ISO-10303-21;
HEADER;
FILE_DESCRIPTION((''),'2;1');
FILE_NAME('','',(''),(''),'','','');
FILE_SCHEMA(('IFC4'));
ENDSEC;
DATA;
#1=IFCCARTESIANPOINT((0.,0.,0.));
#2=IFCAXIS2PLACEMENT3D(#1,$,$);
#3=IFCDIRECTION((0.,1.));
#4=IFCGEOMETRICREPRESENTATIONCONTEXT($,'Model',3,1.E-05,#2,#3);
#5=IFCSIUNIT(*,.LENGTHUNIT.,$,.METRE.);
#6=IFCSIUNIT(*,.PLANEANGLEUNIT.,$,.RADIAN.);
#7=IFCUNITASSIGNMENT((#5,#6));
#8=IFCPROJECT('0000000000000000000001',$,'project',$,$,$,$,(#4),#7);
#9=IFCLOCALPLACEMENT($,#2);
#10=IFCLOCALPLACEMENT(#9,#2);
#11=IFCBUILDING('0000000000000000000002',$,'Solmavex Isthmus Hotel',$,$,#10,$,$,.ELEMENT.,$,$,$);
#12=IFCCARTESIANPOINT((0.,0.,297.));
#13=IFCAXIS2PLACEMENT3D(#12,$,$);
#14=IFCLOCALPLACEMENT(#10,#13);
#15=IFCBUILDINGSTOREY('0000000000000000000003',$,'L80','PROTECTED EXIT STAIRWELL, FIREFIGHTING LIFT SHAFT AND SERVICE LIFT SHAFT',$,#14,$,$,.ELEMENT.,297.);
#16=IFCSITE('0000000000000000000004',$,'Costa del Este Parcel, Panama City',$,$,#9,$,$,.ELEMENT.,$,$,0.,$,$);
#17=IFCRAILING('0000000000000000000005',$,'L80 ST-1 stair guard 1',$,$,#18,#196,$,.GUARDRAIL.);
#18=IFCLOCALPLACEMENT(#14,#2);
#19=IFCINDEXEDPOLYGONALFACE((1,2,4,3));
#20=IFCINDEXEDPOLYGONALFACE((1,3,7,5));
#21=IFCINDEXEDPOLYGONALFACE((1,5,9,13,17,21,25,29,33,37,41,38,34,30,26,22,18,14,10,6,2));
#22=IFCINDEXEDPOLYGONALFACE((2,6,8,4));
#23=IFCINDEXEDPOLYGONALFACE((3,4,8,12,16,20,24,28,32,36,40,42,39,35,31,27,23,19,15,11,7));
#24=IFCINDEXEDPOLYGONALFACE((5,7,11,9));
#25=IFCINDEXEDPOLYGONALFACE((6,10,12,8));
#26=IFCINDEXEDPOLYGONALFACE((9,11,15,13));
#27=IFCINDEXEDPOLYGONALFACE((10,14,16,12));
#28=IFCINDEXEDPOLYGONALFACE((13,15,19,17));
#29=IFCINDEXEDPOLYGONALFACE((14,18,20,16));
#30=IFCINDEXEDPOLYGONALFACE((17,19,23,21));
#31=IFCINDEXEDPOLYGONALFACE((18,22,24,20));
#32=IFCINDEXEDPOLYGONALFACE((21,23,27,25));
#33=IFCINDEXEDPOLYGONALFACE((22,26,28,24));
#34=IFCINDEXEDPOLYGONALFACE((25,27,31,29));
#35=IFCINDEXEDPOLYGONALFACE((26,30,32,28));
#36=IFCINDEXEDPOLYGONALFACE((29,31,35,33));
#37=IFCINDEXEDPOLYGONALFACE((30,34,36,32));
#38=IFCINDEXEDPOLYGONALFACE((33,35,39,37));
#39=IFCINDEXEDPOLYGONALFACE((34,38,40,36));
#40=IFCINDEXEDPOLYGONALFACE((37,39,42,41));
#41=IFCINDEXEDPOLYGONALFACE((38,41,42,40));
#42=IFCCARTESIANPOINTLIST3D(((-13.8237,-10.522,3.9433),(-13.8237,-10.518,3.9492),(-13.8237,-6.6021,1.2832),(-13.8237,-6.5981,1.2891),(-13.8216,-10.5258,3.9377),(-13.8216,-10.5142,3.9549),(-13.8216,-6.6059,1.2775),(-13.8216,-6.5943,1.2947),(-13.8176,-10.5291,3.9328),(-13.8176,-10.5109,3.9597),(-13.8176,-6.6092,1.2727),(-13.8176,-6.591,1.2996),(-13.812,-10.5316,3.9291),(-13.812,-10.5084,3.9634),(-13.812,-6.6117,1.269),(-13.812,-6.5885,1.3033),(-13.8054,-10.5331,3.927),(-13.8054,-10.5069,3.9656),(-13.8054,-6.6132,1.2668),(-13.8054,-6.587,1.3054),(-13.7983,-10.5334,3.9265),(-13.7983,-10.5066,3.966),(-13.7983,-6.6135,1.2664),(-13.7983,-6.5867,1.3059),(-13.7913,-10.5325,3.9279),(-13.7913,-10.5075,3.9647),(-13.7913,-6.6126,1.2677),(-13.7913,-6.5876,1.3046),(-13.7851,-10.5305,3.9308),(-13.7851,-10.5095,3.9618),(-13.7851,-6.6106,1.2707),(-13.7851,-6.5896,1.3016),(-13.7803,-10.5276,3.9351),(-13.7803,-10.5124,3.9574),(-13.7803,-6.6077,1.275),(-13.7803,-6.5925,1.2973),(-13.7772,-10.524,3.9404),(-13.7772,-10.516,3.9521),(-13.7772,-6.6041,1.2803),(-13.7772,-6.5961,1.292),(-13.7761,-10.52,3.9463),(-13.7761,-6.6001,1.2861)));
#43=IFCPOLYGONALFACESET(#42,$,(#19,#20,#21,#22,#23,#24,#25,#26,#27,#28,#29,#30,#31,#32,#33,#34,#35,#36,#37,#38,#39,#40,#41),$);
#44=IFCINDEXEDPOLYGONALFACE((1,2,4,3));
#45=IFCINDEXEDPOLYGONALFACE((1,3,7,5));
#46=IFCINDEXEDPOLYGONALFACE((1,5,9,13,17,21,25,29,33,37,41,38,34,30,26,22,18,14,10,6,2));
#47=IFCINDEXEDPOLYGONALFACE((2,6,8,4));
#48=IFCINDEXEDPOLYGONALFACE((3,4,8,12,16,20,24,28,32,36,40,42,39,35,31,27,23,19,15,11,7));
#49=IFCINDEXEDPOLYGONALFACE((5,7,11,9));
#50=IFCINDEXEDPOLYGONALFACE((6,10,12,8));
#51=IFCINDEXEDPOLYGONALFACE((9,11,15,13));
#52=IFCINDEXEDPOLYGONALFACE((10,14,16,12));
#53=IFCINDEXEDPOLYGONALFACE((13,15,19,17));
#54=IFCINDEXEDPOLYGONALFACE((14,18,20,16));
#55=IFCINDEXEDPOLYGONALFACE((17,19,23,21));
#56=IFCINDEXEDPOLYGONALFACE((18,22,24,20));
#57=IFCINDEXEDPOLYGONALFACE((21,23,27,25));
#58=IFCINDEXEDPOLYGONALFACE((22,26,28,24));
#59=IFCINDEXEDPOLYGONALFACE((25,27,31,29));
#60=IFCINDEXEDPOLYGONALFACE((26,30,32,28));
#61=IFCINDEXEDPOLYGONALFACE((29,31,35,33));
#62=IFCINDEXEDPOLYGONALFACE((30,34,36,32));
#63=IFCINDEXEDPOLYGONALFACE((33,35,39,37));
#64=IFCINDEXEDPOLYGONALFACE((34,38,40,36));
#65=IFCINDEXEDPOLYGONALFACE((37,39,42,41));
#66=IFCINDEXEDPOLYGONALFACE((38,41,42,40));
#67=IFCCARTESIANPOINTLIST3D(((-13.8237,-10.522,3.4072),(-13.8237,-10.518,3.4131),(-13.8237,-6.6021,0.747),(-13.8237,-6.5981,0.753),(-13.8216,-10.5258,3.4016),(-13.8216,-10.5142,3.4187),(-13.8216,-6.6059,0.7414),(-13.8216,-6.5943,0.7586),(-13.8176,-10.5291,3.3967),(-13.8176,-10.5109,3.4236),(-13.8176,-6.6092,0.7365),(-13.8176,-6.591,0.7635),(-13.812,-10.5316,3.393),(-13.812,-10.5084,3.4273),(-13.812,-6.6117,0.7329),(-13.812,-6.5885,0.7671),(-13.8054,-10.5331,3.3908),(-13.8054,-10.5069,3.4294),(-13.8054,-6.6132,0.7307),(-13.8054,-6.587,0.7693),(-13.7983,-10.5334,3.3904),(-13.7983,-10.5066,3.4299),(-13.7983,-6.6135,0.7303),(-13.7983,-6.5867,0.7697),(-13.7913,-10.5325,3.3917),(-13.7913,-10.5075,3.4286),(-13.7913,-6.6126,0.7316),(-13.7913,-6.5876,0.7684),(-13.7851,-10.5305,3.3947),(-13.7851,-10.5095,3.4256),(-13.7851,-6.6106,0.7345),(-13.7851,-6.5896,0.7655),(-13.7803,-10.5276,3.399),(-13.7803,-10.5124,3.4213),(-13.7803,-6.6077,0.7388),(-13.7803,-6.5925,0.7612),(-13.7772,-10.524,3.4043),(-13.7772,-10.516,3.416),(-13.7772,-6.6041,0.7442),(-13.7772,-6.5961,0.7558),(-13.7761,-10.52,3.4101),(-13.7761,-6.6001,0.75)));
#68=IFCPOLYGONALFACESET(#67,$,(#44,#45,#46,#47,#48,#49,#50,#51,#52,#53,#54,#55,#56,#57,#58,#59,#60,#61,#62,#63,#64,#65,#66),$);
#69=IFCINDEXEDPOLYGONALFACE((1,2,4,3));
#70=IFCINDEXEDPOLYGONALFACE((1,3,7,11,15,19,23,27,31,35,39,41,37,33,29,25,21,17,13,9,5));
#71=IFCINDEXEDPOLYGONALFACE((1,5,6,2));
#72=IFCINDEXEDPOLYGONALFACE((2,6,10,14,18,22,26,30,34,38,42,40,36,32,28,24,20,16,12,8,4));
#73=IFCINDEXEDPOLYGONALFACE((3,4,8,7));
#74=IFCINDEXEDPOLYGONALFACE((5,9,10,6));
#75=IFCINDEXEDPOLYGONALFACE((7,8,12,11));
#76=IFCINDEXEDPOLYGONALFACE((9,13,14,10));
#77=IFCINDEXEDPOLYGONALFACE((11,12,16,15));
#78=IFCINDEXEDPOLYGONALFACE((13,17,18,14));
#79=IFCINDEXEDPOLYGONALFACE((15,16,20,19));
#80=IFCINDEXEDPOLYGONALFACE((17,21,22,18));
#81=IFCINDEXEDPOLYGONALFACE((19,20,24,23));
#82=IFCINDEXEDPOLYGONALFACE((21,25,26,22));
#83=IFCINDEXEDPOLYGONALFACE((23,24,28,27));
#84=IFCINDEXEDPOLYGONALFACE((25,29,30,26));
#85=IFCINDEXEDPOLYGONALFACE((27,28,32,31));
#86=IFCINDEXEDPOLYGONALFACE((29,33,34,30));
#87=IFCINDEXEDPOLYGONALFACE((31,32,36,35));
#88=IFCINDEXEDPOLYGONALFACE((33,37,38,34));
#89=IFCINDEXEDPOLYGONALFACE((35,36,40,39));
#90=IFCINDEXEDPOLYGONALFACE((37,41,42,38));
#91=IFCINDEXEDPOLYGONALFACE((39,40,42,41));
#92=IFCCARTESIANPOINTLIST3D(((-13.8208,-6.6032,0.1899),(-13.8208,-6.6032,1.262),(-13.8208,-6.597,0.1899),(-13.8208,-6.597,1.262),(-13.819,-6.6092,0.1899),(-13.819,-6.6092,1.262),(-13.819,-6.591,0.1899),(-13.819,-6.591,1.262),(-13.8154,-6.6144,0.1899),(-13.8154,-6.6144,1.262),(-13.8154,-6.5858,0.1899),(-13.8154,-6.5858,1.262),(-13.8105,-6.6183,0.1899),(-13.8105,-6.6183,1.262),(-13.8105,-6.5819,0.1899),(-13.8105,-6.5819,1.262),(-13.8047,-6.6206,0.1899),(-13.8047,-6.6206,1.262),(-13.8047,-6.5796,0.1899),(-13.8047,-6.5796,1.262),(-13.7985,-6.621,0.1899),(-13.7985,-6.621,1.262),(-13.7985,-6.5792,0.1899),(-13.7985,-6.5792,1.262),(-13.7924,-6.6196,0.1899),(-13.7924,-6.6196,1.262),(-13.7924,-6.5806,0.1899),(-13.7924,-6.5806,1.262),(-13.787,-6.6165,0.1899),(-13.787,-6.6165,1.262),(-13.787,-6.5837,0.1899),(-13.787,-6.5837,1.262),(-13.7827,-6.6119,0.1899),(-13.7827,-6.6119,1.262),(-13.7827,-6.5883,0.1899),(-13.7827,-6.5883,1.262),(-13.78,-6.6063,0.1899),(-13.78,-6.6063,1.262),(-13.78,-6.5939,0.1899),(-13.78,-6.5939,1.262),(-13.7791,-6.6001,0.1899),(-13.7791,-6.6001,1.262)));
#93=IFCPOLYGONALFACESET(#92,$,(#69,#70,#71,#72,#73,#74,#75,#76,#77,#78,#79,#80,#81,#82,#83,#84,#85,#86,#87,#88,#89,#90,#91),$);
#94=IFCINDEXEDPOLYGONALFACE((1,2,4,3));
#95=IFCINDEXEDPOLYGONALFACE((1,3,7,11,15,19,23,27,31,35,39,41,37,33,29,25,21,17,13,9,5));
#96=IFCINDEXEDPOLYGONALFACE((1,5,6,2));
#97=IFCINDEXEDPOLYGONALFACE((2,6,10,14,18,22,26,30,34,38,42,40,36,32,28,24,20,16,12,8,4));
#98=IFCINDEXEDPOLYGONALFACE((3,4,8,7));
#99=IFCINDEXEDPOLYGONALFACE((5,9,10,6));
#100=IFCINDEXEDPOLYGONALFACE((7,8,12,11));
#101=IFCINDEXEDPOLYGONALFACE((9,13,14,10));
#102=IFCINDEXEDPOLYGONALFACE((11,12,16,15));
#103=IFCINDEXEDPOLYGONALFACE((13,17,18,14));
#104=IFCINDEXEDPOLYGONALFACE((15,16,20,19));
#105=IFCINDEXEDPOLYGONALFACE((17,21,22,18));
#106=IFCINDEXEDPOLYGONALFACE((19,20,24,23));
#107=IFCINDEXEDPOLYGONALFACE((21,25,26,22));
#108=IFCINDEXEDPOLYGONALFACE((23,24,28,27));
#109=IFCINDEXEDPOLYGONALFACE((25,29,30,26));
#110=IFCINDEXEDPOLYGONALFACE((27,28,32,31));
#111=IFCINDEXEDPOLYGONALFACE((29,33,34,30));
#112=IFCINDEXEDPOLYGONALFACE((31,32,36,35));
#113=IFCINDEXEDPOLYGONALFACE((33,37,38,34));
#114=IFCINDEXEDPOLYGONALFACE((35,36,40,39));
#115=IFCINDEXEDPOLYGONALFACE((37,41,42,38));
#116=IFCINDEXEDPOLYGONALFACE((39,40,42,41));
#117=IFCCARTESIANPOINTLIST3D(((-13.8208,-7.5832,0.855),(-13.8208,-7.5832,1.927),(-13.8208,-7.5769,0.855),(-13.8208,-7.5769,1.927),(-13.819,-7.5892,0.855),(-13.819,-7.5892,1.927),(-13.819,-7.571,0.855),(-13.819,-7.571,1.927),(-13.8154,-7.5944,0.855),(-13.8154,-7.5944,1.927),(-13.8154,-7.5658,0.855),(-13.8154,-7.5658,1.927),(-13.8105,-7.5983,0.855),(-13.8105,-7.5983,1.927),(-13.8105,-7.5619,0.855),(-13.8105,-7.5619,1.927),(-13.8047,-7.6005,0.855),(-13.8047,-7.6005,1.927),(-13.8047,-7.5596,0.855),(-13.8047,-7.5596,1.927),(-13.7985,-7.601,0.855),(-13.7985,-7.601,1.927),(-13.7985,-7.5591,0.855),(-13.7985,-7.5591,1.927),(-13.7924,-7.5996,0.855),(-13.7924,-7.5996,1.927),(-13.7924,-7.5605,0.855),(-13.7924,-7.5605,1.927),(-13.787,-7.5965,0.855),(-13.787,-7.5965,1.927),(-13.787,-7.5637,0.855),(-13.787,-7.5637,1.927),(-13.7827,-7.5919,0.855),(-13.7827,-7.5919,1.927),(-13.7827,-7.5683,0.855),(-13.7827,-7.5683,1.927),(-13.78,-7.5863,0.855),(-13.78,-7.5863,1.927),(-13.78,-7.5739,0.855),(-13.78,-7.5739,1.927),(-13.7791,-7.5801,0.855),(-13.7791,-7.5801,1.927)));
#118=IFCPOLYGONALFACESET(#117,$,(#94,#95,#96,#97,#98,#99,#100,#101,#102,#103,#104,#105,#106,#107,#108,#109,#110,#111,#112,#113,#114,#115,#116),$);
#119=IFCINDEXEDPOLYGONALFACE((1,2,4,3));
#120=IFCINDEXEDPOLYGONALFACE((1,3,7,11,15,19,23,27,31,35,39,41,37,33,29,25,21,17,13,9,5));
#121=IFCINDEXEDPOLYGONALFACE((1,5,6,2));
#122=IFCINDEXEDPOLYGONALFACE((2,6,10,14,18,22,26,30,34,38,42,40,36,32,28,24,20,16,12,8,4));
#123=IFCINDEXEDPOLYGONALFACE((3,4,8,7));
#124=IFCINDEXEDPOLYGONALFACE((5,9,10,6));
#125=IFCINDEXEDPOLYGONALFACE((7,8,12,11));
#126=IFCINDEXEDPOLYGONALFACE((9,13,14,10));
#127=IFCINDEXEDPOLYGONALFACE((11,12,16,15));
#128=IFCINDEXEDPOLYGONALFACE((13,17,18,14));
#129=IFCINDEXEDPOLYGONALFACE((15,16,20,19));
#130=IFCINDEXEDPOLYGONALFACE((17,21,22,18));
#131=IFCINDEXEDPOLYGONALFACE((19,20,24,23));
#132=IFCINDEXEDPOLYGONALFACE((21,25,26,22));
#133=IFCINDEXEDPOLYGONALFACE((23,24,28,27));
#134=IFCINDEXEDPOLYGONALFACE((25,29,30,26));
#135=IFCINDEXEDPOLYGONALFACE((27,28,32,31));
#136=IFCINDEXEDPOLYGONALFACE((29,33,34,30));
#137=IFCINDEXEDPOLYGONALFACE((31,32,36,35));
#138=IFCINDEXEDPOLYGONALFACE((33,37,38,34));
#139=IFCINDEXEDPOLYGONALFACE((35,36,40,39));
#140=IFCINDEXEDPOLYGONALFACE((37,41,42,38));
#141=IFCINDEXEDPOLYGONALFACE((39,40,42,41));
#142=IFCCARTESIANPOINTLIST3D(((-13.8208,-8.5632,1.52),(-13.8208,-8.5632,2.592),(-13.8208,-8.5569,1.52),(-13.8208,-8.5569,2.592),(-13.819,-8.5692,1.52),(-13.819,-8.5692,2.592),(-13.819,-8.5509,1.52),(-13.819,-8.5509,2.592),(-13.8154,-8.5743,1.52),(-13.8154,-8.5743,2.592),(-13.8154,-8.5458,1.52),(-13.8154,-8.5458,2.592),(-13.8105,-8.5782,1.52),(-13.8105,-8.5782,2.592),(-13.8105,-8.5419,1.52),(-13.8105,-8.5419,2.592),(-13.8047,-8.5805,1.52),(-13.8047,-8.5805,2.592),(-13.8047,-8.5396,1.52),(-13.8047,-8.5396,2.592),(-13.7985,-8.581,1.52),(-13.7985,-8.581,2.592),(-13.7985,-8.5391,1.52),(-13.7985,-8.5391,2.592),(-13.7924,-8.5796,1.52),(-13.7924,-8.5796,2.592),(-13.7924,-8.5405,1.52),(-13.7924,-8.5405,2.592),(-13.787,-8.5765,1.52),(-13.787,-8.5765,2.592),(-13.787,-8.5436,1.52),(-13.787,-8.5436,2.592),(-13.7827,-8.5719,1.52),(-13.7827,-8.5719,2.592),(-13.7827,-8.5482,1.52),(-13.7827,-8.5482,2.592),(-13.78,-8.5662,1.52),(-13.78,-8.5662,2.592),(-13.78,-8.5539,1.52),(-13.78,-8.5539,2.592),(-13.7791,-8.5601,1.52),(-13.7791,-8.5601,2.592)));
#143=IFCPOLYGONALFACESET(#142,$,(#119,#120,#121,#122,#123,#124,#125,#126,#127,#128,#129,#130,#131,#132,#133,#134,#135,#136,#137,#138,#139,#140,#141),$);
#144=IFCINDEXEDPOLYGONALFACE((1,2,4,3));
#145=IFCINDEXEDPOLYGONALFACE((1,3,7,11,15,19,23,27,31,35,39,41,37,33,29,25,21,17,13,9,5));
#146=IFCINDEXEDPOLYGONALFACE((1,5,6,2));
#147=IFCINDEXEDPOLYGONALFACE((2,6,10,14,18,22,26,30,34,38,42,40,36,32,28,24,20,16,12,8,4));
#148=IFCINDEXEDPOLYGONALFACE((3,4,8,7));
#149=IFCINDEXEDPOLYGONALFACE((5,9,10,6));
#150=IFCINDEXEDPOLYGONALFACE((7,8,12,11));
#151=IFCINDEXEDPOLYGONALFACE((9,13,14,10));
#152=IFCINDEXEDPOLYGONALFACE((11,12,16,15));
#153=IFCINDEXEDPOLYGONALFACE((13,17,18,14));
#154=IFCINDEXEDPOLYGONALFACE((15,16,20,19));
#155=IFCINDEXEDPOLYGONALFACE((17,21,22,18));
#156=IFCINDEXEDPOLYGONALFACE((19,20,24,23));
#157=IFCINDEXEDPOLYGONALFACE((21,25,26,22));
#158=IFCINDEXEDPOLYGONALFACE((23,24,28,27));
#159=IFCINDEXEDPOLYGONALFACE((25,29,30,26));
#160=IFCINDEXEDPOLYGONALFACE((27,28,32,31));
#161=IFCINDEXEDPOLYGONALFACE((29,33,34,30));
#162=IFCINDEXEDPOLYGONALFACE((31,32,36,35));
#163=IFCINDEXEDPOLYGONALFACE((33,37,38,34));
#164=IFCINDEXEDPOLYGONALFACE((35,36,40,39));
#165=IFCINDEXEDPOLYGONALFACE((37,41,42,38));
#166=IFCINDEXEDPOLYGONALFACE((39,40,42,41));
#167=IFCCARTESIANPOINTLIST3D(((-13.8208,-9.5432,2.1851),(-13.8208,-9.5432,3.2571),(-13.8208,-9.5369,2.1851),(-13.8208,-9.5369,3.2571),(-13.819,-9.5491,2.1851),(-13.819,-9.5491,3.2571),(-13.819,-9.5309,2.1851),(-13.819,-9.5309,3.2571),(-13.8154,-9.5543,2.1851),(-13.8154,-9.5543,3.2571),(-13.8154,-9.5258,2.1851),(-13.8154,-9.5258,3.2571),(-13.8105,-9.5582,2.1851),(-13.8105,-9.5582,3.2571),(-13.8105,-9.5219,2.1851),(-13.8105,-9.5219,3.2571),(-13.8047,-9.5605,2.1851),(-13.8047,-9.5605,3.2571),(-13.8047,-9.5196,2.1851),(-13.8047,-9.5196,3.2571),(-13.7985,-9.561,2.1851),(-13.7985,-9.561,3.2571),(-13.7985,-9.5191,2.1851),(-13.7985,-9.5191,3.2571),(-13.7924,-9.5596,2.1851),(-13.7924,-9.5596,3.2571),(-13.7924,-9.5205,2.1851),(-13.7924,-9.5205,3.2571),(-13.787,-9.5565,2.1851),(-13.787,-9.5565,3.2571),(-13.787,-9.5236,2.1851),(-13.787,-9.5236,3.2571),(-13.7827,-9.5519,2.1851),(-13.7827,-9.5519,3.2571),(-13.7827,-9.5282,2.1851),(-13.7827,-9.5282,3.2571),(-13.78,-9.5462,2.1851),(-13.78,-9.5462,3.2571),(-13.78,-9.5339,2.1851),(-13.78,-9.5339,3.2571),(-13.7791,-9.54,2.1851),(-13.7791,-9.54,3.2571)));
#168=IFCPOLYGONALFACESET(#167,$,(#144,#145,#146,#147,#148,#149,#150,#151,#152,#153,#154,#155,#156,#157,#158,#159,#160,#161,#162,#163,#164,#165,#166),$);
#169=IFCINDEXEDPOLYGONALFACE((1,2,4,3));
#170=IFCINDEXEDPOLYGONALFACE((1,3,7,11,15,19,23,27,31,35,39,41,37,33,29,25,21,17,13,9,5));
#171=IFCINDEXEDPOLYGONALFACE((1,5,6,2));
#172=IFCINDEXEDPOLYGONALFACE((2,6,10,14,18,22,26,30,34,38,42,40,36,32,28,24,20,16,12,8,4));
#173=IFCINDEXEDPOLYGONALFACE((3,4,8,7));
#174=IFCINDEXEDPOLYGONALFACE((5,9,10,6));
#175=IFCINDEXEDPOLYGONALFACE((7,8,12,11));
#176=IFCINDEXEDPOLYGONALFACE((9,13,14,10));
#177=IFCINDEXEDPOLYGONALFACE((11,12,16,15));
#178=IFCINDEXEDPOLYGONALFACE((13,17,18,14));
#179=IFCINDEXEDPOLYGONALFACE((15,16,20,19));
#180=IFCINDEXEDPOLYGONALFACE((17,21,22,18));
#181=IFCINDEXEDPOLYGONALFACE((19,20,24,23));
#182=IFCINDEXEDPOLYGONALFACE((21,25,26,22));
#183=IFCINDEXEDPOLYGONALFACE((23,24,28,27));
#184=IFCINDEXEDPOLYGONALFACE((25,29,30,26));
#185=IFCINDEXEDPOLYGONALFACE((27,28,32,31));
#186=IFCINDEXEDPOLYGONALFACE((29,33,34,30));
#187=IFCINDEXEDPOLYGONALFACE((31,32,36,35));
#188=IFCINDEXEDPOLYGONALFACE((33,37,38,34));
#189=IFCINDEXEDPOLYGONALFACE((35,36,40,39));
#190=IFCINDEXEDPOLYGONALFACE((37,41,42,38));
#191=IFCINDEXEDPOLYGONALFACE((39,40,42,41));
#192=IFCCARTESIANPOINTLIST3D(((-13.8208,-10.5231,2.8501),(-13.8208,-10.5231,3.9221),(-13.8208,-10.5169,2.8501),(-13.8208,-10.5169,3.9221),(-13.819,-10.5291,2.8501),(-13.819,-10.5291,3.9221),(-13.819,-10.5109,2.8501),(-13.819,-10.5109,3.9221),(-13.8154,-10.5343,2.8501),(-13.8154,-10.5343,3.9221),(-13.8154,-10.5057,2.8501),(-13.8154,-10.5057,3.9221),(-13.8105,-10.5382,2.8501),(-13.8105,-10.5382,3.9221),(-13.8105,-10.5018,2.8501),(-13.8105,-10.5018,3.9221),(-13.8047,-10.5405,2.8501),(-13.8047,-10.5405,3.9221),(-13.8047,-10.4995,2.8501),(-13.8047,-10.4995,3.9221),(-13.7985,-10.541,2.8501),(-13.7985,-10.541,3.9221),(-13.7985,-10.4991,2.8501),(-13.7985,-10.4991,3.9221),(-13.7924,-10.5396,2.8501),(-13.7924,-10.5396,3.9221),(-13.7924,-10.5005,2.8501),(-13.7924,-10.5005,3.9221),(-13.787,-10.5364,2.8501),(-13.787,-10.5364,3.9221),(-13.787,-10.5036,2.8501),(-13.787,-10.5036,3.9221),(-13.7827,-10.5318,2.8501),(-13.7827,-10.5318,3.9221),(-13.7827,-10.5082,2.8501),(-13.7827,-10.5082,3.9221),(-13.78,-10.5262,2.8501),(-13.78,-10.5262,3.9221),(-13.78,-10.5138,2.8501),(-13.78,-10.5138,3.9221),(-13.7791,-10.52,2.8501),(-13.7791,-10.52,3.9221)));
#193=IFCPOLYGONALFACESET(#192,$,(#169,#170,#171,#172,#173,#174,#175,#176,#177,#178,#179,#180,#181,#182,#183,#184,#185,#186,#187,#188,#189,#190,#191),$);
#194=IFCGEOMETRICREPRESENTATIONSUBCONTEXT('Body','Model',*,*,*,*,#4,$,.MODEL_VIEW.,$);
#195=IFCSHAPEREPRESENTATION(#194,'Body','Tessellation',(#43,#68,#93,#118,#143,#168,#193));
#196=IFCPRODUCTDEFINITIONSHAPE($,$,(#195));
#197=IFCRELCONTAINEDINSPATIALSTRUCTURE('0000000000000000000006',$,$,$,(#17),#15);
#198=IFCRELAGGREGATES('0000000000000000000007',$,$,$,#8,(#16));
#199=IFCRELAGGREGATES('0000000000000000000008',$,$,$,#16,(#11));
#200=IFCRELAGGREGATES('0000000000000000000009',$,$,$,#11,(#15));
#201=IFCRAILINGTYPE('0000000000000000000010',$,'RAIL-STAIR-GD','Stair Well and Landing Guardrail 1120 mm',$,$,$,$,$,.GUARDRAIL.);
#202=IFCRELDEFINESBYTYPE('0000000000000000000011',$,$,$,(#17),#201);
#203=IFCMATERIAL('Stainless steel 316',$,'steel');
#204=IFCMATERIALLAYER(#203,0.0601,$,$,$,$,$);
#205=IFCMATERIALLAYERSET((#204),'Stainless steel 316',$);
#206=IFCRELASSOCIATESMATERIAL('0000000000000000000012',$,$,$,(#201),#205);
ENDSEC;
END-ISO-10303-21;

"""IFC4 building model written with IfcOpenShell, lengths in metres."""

from ifc_helpers import new_model, si_unit, direction, frame, origin, origin_2d, place, context, subcontext, project, spatial, circle, extrude, material, layer, layer_set, type_object, element, save


model = new_model("IFC4")

# Units and contexts
model_context = context("Model", 3, precision=1e-05, world=origin(), true_north=direction((0.0, 1.0)))
body_context = subcontext(model_context, "Body", "Model", "MODEL_VIEW")
ifc_project = project(units=[si_unit("LENGTHUNIT", "METRE"), si_unit("PLANEANGLEUNIT", "RADIAN")], contexts=[model_context])

# Site, building, storey
site_placement = place(None, origin())
site = spatial("IfcSite", under=ifc_project, at=site_placement, Name="Costa del Este Parcel, Panama City", CompositionType="ELEMENT", RefElevation=0.0)
building_placement = place(site_placement, origin())
building = spatial("IfcBuilding", under=site, at=building_placement, Name="Solmavex Isthmus Hotel", CompositionType="ELEMENT")
storey_placement = place(building_placement, frame((0.0, 0.0, 297.0)))
storey = spatial("IfcBuildingStorey", under=building, at=storey_placement, Name="L80", Description="PROTECTED EXIT STAIRWELL, FIREFIGHTING LIFT SHAFT AND SERVICE LIFT SHAFT", CompositionType="ELEMENT", Elevation=297.0)

# Shared definitions
ifc_material_1 = material(Name="Stainless steel 316", Category="steel")

# Railing
ifc_layer_1 = layer(ifc_material_1, 0.0601)
ifc_layer_set_1 = layer_set([ifc_layer_1], Name="Stainless steel 316")
railing_type_1 = type_object("IfcRailingType", Name="RAIL-STAIR-GD", Description="Stair Well and Landing Guardrail 1120 mm", PredefinedType="GUARDRAIL", material=ifc_layer_set_1)
railing_1_placement = place(storey_placement, frame((-13.8, -6.6001, 0.1899)))
element("IfcRailing", 1, at=railing_1_placement, inside=storey, type_object=railing_type_1, Name="L80 ST-1 stair guard 1", PredefinedType="GUARDRAIL", context=body_context, shape_type="SweptSolid", body=[
    extrude(circle(Radius=0.0239, at=origin_2d()), frame((0.0, 0.0, 1.0962), z_axis=(0.0, -0.827455, 0.561532), x_axis=(1.0, 0.0, 0.0)), (0.0, 0.0, 1.0), 4.7373),
    extrude(circle(Radius=0.0239, at=origin_2d()), frame((0.0, 0.0, 0.5601), z_axis=(0.0, -0.827455, 0.561532), x_axis=(1.0, 0.0, 0.0)), (0.0, 0.0, 1.0), 4.7373),
    extrude(circle(Radius=0.021, at=origin_2d()), origin(), (0.0, 0.0, 1.0), 1.072),
    extrude(circle(Radius=0.021, at=origin_2d()), frame((0.0, -0.98, 0.665)), (0.0, 0.0, 1.0), 1.072),
    extrude(circle(Radius=0.021, at=origin_2d()), frame((0.0, -1.96, 1.3301)), (0.0, 0.0, 1.0), 1.072),
    extrude(circle(Radius=0.021, at=origin_2d()), frame((0.0, -2.9399, 1.9951)), (0.0, 0.0, 1.0), 1.072),
    extrude(circle(Radius=0.021, at=origin_2d()), frame((0.0, -3.9199, 2.6602)), (0.0, 0.0, 1.0), 1.072),
])

save(model, "model.ifc")
